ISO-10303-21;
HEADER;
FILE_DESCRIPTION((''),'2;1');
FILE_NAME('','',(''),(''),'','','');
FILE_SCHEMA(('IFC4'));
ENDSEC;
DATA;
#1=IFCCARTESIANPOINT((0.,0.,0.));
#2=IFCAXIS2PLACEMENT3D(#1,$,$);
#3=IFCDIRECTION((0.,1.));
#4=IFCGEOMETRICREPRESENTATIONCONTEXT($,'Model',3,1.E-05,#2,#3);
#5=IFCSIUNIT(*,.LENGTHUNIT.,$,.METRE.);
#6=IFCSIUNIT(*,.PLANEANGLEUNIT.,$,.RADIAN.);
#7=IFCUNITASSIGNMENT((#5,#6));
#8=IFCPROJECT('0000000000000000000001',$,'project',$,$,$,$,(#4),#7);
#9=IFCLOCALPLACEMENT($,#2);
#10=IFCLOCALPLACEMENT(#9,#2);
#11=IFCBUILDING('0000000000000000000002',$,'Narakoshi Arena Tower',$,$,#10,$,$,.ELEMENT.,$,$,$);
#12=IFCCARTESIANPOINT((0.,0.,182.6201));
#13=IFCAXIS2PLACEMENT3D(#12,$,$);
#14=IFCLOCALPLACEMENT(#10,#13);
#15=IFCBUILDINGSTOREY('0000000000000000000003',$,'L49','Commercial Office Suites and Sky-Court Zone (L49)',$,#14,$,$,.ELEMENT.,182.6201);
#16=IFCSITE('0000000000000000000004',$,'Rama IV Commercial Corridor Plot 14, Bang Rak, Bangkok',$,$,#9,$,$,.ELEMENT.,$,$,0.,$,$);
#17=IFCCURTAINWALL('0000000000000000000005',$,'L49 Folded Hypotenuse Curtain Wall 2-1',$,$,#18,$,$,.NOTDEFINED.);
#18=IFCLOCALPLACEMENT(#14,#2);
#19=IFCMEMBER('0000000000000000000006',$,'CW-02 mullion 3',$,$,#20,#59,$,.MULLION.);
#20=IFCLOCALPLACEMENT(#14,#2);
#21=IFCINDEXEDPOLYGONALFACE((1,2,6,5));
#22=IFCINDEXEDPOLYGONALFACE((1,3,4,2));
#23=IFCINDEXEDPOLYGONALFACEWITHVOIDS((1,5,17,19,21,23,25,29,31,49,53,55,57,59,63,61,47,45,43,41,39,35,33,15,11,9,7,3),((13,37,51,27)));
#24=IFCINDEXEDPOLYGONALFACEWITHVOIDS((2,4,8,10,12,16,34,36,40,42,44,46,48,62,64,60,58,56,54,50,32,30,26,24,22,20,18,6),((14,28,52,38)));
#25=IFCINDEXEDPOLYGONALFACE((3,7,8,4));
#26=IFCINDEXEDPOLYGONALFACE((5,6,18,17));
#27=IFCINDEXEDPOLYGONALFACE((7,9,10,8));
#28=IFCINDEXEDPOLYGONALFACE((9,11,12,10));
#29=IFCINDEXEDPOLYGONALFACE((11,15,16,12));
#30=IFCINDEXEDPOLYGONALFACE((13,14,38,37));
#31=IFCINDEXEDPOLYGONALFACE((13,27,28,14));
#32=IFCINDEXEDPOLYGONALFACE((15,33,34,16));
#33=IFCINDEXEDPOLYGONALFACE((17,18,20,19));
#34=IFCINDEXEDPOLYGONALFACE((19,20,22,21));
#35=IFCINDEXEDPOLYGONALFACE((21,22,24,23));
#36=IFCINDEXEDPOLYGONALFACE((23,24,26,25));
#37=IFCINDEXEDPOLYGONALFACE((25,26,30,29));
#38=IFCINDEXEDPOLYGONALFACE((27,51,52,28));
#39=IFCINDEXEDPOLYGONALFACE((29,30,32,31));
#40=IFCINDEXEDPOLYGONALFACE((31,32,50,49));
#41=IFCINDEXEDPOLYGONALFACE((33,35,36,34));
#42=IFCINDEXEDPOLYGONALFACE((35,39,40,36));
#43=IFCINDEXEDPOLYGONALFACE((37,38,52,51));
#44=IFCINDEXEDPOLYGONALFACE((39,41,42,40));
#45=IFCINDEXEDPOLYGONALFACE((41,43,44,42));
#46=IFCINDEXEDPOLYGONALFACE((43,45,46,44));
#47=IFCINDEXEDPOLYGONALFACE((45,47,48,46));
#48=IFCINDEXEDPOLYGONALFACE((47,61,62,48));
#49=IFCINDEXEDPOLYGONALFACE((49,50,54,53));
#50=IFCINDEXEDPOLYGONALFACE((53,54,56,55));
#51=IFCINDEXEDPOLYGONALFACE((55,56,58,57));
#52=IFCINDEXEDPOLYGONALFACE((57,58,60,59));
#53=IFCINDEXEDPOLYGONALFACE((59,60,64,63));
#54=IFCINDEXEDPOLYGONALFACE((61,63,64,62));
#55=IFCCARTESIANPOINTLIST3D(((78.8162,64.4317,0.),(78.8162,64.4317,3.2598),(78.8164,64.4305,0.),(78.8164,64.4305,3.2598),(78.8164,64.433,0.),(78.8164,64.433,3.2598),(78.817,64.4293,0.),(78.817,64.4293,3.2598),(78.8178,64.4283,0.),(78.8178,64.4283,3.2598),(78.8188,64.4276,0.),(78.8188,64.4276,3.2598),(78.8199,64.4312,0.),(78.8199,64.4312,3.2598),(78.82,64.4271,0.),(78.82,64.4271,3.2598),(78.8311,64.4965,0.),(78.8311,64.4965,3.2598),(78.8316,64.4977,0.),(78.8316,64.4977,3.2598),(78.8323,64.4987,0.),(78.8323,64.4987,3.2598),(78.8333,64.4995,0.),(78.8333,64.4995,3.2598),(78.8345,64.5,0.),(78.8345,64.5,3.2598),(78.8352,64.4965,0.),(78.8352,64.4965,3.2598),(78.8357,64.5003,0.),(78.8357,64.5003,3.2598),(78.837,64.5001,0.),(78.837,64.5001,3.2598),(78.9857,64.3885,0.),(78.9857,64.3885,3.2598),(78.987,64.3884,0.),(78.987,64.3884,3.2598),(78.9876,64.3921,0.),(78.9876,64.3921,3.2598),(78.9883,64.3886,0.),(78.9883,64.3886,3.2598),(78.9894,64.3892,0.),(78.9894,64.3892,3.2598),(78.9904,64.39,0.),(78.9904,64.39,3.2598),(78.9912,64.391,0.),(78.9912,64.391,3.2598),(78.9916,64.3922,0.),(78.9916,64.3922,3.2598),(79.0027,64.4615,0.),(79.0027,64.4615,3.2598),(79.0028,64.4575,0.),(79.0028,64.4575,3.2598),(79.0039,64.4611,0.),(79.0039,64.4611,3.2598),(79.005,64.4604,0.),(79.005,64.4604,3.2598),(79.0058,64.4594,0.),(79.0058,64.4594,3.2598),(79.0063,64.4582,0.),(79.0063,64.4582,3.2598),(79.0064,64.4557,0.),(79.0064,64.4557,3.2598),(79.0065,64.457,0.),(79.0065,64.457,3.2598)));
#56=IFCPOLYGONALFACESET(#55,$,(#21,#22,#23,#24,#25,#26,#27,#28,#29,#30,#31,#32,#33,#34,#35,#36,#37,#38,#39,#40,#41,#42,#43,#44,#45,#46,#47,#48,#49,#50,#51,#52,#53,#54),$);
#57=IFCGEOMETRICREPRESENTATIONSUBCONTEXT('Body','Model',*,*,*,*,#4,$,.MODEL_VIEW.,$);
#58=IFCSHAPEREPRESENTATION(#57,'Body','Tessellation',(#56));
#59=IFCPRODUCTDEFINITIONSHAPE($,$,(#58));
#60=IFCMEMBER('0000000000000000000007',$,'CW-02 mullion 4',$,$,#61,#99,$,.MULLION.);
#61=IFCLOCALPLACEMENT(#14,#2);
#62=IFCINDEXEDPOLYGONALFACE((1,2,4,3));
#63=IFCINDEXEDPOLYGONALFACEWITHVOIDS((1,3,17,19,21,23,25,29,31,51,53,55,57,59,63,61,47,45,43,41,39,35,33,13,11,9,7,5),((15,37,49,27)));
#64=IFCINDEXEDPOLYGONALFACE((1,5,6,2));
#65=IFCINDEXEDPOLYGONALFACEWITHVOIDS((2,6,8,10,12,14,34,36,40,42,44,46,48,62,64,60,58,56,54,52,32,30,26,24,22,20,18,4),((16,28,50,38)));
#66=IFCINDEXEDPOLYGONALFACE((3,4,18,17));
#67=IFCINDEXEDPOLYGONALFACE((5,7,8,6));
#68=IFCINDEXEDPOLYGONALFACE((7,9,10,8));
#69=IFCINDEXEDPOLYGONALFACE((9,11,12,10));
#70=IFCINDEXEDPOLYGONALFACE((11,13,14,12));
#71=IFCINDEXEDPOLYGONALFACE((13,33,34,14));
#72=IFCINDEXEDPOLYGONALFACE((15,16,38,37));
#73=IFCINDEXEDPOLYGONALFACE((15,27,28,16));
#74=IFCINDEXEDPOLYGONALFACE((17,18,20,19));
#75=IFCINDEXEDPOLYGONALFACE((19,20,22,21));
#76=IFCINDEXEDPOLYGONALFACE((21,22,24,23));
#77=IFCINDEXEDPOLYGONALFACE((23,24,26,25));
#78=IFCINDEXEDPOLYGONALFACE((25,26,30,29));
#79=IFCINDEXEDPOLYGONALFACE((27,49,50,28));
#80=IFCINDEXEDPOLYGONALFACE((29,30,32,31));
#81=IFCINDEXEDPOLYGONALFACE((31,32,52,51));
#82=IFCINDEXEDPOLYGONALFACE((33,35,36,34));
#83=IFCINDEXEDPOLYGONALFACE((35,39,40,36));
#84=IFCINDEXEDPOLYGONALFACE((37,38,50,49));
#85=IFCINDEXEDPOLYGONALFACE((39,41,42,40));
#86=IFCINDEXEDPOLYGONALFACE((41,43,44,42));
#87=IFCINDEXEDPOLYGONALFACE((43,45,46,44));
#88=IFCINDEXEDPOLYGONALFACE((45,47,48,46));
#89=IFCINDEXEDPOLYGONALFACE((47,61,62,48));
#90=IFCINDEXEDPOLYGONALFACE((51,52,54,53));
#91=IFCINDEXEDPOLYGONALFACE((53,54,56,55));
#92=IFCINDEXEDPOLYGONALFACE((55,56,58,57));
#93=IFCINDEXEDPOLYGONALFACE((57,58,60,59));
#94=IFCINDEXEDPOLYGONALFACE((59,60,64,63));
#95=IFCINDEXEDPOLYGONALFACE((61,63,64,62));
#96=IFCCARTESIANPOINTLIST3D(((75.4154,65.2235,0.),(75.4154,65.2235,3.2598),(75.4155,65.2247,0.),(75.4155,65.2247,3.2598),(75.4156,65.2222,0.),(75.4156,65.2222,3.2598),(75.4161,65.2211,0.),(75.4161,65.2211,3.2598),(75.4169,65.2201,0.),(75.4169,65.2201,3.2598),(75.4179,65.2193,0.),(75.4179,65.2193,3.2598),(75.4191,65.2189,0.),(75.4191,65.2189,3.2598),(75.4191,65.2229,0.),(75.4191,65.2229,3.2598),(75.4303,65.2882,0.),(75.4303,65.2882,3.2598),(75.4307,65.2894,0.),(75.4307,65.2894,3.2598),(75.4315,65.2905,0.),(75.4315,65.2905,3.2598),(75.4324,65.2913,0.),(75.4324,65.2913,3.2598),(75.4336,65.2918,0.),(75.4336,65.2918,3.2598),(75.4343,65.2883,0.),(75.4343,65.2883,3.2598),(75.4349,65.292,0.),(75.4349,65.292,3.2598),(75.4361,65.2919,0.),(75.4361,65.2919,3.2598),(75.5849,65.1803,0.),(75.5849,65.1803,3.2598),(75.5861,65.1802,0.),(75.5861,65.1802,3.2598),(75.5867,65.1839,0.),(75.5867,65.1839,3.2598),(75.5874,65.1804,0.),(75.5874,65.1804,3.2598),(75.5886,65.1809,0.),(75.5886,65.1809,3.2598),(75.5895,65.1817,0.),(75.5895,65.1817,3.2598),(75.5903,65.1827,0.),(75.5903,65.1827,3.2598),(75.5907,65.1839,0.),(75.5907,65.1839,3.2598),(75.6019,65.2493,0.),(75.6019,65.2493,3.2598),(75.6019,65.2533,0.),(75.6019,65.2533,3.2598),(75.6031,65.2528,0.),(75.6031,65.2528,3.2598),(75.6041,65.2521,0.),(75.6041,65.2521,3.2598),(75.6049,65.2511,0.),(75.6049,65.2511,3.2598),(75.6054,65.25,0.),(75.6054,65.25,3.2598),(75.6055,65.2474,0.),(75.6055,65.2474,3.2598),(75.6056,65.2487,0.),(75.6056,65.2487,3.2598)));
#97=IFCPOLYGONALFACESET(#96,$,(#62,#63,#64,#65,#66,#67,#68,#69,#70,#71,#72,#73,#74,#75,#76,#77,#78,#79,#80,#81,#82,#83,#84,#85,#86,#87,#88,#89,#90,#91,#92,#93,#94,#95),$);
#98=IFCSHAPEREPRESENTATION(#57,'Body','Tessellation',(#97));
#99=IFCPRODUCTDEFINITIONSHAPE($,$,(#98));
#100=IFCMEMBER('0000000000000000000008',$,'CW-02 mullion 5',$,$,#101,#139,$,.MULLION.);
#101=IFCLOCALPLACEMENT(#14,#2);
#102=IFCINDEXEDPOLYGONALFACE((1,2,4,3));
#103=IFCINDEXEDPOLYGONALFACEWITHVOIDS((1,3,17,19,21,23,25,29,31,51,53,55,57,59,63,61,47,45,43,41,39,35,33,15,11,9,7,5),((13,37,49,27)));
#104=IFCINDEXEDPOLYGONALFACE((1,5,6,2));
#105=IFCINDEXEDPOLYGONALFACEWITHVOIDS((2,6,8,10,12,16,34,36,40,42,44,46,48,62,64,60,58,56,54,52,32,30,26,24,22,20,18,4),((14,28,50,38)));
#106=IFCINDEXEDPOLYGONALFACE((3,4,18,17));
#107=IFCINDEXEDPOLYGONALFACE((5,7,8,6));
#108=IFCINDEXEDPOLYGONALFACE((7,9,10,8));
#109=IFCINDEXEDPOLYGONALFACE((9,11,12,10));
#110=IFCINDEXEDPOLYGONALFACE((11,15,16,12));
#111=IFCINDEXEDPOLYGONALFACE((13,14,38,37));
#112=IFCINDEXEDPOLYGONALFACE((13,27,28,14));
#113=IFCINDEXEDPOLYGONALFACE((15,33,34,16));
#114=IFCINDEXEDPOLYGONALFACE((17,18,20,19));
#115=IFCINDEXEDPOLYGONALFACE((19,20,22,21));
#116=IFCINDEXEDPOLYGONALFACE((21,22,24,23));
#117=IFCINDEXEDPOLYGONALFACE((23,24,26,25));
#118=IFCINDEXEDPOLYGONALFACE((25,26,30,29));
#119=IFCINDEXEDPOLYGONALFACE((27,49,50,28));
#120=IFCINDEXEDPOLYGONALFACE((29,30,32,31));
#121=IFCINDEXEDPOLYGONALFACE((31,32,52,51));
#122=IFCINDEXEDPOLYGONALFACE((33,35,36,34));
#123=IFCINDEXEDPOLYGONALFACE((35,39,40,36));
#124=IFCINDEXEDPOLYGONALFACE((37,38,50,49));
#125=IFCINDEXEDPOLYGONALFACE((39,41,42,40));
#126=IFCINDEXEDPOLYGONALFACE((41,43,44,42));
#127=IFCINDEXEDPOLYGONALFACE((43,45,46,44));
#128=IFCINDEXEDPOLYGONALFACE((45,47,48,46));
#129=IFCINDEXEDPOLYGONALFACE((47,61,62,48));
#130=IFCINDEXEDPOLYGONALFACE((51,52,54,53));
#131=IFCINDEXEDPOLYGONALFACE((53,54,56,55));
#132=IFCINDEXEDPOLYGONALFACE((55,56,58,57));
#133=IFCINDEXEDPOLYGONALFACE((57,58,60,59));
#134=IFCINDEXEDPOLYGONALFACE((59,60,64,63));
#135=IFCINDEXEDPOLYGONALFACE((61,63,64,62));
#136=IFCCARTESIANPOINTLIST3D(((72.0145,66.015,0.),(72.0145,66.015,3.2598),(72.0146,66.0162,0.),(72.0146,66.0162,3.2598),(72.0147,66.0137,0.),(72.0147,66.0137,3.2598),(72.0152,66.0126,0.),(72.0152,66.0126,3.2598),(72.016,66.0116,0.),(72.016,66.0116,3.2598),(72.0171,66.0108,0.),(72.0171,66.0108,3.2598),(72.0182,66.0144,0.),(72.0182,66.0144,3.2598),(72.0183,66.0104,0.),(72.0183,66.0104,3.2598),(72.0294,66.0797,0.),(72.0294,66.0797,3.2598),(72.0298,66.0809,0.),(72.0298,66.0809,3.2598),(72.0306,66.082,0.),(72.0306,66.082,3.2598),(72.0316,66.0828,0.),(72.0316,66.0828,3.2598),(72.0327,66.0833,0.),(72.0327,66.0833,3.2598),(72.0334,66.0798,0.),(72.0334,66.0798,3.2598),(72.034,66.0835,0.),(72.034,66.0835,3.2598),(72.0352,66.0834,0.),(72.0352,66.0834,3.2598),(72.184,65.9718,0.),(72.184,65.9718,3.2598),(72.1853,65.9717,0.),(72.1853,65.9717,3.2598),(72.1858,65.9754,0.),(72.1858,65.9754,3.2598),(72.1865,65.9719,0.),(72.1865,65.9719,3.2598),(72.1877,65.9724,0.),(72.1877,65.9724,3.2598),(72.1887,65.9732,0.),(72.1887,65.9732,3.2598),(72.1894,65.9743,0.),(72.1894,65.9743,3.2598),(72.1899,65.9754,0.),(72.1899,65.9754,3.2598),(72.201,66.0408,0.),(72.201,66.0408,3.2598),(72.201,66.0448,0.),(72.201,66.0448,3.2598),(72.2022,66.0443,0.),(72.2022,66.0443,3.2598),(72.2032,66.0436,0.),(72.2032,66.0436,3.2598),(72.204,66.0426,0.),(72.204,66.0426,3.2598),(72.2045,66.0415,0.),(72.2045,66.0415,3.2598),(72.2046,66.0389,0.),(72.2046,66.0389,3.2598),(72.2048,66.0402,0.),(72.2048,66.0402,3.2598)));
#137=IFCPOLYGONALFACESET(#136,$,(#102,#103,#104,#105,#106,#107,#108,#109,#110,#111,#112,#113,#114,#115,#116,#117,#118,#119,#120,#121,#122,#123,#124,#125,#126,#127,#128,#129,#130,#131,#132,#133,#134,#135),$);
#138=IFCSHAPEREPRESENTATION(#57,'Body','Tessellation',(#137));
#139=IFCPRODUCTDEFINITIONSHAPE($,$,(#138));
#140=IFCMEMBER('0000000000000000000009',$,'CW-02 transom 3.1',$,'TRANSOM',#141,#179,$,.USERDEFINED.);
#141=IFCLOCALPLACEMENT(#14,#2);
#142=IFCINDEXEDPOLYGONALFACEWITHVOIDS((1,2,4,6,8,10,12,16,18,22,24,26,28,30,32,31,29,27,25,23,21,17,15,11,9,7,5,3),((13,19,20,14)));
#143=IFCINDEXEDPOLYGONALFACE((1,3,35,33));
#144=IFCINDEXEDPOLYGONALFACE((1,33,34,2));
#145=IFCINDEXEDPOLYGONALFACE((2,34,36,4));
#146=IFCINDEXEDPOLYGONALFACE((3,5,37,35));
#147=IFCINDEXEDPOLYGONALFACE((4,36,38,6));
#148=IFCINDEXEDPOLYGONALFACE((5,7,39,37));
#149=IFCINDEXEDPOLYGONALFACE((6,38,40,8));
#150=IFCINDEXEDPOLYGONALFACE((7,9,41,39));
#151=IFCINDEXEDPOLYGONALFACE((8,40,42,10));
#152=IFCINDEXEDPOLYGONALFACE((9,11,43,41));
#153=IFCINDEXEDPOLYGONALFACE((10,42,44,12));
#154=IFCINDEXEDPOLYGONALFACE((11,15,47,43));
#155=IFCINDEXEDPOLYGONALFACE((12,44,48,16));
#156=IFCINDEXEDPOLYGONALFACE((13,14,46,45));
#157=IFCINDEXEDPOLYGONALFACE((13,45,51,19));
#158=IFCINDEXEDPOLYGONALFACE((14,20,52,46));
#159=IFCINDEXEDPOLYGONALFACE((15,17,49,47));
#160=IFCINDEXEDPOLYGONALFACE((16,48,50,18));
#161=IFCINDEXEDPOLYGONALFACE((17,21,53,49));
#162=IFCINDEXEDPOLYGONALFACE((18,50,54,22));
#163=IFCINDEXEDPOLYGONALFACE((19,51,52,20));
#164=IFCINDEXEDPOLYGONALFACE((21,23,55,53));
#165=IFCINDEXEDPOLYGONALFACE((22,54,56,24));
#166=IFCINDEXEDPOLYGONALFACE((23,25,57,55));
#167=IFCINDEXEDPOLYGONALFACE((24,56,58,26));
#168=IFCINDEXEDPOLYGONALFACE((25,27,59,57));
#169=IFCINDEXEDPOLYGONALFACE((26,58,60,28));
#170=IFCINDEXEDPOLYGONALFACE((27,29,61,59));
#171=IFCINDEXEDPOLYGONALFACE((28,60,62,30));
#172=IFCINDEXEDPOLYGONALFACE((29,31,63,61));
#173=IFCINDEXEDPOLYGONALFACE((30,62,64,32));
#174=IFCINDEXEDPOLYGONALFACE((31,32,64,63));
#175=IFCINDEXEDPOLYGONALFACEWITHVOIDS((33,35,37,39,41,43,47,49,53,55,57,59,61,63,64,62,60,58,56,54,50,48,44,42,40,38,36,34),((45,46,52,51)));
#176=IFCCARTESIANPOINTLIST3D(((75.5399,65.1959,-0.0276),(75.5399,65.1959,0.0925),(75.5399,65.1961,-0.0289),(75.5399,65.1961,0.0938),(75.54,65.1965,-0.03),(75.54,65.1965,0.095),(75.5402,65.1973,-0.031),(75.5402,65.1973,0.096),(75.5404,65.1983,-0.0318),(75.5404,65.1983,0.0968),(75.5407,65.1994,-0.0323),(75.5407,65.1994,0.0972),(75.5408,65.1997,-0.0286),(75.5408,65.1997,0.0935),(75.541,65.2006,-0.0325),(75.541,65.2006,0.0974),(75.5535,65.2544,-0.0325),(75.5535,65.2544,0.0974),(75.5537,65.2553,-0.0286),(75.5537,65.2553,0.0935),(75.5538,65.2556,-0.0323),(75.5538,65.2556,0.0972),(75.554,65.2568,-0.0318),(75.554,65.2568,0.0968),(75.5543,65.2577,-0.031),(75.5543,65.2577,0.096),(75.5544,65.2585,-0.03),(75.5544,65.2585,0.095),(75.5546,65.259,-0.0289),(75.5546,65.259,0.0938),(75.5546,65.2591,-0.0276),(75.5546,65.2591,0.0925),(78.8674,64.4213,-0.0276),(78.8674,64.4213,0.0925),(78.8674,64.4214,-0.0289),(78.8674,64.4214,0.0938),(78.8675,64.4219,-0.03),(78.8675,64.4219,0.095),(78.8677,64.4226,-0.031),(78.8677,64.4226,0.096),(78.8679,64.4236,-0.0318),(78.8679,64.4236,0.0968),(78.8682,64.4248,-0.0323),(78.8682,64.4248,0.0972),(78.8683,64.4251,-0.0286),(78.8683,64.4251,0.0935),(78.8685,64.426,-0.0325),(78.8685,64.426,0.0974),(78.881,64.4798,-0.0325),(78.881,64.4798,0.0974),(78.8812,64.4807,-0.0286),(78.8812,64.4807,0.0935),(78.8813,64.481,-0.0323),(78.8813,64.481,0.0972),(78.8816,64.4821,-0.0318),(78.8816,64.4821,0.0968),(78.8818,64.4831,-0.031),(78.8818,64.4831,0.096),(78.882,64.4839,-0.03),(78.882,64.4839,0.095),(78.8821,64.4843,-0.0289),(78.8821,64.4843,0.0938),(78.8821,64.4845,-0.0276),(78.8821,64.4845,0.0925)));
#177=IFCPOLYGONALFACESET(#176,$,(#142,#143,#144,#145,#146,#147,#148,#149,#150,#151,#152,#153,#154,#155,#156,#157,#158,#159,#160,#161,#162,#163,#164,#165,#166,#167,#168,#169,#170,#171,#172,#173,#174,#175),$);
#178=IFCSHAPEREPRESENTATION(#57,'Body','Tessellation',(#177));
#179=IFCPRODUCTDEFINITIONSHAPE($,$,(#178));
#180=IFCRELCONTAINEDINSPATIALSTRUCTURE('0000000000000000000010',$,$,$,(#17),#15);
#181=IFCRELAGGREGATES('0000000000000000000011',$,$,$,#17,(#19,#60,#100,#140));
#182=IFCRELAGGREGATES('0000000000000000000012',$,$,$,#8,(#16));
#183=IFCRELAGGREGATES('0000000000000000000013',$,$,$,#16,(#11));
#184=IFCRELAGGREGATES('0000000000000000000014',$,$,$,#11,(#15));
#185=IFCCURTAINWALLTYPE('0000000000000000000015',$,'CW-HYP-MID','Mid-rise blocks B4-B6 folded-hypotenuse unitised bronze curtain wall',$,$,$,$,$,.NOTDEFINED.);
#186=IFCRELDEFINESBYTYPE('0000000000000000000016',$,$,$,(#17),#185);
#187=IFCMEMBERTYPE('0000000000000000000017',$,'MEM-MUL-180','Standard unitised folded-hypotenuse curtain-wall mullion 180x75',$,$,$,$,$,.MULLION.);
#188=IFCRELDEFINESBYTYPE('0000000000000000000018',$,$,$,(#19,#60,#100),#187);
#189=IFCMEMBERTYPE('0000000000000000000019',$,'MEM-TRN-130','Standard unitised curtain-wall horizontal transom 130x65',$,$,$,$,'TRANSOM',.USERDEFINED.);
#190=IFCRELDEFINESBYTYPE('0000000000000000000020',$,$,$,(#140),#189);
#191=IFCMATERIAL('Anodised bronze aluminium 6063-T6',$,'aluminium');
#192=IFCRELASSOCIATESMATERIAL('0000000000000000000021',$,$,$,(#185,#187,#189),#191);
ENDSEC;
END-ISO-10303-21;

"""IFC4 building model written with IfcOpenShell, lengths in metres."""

from ifc_helpers import new_model, si_unit, direction, frame, origin, origin_2d, place, context, subcontext, project, spatial, hollow_rectangle, extrude, material, material_profile, profile_set, type_object, element, aggregate, save


model = new_model("IFC4")

# Units and contexts
model_context = context("Model", 3, precision=1e-05, world=origin(), true_north=direction((0.0, 1.0)))
body_context = subcontext(model_context, "Body", "Model", "MODEL_VIEW")
ifc_project = project(units=[si_unit("LENGTHUNIT", "METRE"), si_unit("PLANEANGLEUNIT", "RADIAN")], contexts=[model_context])

# Site, building, storey
site_placement = place(None, origin())
site = spatial("IfcSite", under=ifc_project, at=site_placement, Name="Rama IV Commercial Corridor Plot 14, Bang Rak, Bangkok", CompositionType="ELEMENT", RefElevation=0.0)
building_placement = place(site_placement, origin())
building = spatial("IfcBuilding", under=site, at=building_placement, Name="Narakoshi Arena Tower", CompositionType="ELEMENT")
storey_placement = place(building_placement, frame((0.0, 0.0, 182.6201)))
storey = spatial("IfcBuildingStorey", under=building, at=storey_placement, Name="L49", Description="Commercial Office Suites and Sky-Court Zone (L49)", CompositionType="ELEMENT", Elevation=182.6201)

# Curtain wall, members
ifc_material_1 = material(Name="Anodised bronze aluminium 6063-T6", Category="aluminium")
curtain_wall_type = type_object("IfcCurtainWallType", Name="CW-HYP-MID", Description="Mid-rise blocks B4-B6 folded-hypotenuse unitised bronze curtain wall", PredefinedType="NOTDEFINED", material=ifc_material_1)
curtain_wall_placement = place(storey_placement, origin())
curtain_wall = element("IfcCurtainWall", 1, at=curtain_wall_placement, inside=storey, type_object=curtain_wall_type, Name="L49 Folded Hypotenuse Curtain Wall 2-1", PredefinedType="NOTDEFINED")
ifc_material_profile_1 = material_profile(ifc_material_1, hollow_rectangle(XDim=0.075, YDim=0.1799, WallThickness=0.0039, OuterFilletRadius=0.0049, at=origin_2d()), Name="MUL180x75x4")
ifc_profile_set_1 = profile_set([ifc_material_profile_1], Name="Anodised bronze aluminium 6063-T6")
member_type_1 = type_object("IfcMemberType", Name="MEM-MUL-180", Description="Standard unitised folded-hypotenuse curtain-wall mullion 180x75", PredefinedType="MULLION", material=ifc_profile_set_1)
member_1_placement = place(storey_placement, frame((78.9114, 64.4443, 0.0), z_axis=(0.0, 0.0, 1.0), x_axis=(-0.226721, -0.97396, 0.0)))
member_1 = element("IfcMember", 2, at=member_1_placement, type_object=member_type_1, Name="CW-02 mullion 3", PredefinedType="MULLION", context=body_context, shape_type="SweptSolid", body=[
    extrude(hollow_rectangle(XDim=0.075, YDim=0.1799, WallThickness=0.0039, OuterFilletRadius=0.0049, at=origin_2d()), origin(), (0.0, 0.0, 1.0), 3.2598),
])
member_2_placement = place(storey_placement, frame((75.5105, 65.2361, 0.0), z_axis=(0.0, 0.0, 1.0), x_axis=(-0.226721, -0.97396, 0.0)))
member_2 = element("IfcMember", 3, at=member_2_placement, type_object=member_type_1, Name="CW-02 mullion 4", PredefinedType="MULLION", context=body_context, shape_type="SweptSolid", body=[
    extrude(hollow_rectangle(XDim=0.075, YDim=0.1799, WallThickness=0.0039, OuterFilletRadius=0.0049, at=origin_2d()), origin(), (0.0, 0.0, 1.0), 3.2598),
])
member_3_placement = place(storey_placement, frame((72.1096, 66.0276, 0.0), z_axis=(0.0, 0.0, 1.0), x_axis=(-0.226721, -0.97396, 0.0)))
member_3 = element("IfcMember", 4, at=member_3_placement, type_object=member_type_1, Name="CW-02 mullion 5", PredefinedType="MULLION", context=body_context, shape_type="SweptSolid", body=[
    extrude(hollow_rectangle(XDim=0.075, YDim=0.1799, WallThickness=0.0039, OuterFilletRadius=0.0049, at=origin_2d()), origin(), (0.0, 0.0, 1.0), 3.2598),
])
ifc_material_profile_2 = material_profile(ifc_material_1, hollow_rectangle(XDim=0.0649, YDim=0.1299, WallThickness=0.0039, OuterFilletRadius=0.0049, at=origin_2d()), Name="TRN130x65x4")
ifc_profile_set_2 = profile_set([ifc_material_profile_2], Name="Anodised bronze aluminium 6063-T6")
member_type_2 = type_object("IfcMemberType", Name="MEM-TRN-130", Description="Standard unitised curtain-wall horizontal transom 130x65", ElementType="TRANSOM", PredefinedType="USERDEFINED", material=ifc_profile_set_2)
member_4_placement = place(storey_placement, frame((78.8748, 64.4529, 0.0325), z_axis=(-0.973957, 0.226733, 0.0), x_axis=(-0.226733, -0.973957, 0.0)))
member_4 = element("IfcMember", 5, at=member_4_placement, type_object=member_type_2, Name="CW-02 transom 3.1", ObjectType="TRANSOM", PredefinedType="USERDEFINED", context=body_context, shape_type="SweptSolid", body=[
    extrude(hollow_rectangle(XDim=0.0649, YDim=0.1299, WallThickness=0.0039, OuterFilletRadius=0.0049, at=origin_2d()), origin(), (0.0, 0.0, 1.0), 3.4165),
])
aggregate(curtain_wall, [member_1, member_2, member_3, member_4])

save(model, "model.ifc")
